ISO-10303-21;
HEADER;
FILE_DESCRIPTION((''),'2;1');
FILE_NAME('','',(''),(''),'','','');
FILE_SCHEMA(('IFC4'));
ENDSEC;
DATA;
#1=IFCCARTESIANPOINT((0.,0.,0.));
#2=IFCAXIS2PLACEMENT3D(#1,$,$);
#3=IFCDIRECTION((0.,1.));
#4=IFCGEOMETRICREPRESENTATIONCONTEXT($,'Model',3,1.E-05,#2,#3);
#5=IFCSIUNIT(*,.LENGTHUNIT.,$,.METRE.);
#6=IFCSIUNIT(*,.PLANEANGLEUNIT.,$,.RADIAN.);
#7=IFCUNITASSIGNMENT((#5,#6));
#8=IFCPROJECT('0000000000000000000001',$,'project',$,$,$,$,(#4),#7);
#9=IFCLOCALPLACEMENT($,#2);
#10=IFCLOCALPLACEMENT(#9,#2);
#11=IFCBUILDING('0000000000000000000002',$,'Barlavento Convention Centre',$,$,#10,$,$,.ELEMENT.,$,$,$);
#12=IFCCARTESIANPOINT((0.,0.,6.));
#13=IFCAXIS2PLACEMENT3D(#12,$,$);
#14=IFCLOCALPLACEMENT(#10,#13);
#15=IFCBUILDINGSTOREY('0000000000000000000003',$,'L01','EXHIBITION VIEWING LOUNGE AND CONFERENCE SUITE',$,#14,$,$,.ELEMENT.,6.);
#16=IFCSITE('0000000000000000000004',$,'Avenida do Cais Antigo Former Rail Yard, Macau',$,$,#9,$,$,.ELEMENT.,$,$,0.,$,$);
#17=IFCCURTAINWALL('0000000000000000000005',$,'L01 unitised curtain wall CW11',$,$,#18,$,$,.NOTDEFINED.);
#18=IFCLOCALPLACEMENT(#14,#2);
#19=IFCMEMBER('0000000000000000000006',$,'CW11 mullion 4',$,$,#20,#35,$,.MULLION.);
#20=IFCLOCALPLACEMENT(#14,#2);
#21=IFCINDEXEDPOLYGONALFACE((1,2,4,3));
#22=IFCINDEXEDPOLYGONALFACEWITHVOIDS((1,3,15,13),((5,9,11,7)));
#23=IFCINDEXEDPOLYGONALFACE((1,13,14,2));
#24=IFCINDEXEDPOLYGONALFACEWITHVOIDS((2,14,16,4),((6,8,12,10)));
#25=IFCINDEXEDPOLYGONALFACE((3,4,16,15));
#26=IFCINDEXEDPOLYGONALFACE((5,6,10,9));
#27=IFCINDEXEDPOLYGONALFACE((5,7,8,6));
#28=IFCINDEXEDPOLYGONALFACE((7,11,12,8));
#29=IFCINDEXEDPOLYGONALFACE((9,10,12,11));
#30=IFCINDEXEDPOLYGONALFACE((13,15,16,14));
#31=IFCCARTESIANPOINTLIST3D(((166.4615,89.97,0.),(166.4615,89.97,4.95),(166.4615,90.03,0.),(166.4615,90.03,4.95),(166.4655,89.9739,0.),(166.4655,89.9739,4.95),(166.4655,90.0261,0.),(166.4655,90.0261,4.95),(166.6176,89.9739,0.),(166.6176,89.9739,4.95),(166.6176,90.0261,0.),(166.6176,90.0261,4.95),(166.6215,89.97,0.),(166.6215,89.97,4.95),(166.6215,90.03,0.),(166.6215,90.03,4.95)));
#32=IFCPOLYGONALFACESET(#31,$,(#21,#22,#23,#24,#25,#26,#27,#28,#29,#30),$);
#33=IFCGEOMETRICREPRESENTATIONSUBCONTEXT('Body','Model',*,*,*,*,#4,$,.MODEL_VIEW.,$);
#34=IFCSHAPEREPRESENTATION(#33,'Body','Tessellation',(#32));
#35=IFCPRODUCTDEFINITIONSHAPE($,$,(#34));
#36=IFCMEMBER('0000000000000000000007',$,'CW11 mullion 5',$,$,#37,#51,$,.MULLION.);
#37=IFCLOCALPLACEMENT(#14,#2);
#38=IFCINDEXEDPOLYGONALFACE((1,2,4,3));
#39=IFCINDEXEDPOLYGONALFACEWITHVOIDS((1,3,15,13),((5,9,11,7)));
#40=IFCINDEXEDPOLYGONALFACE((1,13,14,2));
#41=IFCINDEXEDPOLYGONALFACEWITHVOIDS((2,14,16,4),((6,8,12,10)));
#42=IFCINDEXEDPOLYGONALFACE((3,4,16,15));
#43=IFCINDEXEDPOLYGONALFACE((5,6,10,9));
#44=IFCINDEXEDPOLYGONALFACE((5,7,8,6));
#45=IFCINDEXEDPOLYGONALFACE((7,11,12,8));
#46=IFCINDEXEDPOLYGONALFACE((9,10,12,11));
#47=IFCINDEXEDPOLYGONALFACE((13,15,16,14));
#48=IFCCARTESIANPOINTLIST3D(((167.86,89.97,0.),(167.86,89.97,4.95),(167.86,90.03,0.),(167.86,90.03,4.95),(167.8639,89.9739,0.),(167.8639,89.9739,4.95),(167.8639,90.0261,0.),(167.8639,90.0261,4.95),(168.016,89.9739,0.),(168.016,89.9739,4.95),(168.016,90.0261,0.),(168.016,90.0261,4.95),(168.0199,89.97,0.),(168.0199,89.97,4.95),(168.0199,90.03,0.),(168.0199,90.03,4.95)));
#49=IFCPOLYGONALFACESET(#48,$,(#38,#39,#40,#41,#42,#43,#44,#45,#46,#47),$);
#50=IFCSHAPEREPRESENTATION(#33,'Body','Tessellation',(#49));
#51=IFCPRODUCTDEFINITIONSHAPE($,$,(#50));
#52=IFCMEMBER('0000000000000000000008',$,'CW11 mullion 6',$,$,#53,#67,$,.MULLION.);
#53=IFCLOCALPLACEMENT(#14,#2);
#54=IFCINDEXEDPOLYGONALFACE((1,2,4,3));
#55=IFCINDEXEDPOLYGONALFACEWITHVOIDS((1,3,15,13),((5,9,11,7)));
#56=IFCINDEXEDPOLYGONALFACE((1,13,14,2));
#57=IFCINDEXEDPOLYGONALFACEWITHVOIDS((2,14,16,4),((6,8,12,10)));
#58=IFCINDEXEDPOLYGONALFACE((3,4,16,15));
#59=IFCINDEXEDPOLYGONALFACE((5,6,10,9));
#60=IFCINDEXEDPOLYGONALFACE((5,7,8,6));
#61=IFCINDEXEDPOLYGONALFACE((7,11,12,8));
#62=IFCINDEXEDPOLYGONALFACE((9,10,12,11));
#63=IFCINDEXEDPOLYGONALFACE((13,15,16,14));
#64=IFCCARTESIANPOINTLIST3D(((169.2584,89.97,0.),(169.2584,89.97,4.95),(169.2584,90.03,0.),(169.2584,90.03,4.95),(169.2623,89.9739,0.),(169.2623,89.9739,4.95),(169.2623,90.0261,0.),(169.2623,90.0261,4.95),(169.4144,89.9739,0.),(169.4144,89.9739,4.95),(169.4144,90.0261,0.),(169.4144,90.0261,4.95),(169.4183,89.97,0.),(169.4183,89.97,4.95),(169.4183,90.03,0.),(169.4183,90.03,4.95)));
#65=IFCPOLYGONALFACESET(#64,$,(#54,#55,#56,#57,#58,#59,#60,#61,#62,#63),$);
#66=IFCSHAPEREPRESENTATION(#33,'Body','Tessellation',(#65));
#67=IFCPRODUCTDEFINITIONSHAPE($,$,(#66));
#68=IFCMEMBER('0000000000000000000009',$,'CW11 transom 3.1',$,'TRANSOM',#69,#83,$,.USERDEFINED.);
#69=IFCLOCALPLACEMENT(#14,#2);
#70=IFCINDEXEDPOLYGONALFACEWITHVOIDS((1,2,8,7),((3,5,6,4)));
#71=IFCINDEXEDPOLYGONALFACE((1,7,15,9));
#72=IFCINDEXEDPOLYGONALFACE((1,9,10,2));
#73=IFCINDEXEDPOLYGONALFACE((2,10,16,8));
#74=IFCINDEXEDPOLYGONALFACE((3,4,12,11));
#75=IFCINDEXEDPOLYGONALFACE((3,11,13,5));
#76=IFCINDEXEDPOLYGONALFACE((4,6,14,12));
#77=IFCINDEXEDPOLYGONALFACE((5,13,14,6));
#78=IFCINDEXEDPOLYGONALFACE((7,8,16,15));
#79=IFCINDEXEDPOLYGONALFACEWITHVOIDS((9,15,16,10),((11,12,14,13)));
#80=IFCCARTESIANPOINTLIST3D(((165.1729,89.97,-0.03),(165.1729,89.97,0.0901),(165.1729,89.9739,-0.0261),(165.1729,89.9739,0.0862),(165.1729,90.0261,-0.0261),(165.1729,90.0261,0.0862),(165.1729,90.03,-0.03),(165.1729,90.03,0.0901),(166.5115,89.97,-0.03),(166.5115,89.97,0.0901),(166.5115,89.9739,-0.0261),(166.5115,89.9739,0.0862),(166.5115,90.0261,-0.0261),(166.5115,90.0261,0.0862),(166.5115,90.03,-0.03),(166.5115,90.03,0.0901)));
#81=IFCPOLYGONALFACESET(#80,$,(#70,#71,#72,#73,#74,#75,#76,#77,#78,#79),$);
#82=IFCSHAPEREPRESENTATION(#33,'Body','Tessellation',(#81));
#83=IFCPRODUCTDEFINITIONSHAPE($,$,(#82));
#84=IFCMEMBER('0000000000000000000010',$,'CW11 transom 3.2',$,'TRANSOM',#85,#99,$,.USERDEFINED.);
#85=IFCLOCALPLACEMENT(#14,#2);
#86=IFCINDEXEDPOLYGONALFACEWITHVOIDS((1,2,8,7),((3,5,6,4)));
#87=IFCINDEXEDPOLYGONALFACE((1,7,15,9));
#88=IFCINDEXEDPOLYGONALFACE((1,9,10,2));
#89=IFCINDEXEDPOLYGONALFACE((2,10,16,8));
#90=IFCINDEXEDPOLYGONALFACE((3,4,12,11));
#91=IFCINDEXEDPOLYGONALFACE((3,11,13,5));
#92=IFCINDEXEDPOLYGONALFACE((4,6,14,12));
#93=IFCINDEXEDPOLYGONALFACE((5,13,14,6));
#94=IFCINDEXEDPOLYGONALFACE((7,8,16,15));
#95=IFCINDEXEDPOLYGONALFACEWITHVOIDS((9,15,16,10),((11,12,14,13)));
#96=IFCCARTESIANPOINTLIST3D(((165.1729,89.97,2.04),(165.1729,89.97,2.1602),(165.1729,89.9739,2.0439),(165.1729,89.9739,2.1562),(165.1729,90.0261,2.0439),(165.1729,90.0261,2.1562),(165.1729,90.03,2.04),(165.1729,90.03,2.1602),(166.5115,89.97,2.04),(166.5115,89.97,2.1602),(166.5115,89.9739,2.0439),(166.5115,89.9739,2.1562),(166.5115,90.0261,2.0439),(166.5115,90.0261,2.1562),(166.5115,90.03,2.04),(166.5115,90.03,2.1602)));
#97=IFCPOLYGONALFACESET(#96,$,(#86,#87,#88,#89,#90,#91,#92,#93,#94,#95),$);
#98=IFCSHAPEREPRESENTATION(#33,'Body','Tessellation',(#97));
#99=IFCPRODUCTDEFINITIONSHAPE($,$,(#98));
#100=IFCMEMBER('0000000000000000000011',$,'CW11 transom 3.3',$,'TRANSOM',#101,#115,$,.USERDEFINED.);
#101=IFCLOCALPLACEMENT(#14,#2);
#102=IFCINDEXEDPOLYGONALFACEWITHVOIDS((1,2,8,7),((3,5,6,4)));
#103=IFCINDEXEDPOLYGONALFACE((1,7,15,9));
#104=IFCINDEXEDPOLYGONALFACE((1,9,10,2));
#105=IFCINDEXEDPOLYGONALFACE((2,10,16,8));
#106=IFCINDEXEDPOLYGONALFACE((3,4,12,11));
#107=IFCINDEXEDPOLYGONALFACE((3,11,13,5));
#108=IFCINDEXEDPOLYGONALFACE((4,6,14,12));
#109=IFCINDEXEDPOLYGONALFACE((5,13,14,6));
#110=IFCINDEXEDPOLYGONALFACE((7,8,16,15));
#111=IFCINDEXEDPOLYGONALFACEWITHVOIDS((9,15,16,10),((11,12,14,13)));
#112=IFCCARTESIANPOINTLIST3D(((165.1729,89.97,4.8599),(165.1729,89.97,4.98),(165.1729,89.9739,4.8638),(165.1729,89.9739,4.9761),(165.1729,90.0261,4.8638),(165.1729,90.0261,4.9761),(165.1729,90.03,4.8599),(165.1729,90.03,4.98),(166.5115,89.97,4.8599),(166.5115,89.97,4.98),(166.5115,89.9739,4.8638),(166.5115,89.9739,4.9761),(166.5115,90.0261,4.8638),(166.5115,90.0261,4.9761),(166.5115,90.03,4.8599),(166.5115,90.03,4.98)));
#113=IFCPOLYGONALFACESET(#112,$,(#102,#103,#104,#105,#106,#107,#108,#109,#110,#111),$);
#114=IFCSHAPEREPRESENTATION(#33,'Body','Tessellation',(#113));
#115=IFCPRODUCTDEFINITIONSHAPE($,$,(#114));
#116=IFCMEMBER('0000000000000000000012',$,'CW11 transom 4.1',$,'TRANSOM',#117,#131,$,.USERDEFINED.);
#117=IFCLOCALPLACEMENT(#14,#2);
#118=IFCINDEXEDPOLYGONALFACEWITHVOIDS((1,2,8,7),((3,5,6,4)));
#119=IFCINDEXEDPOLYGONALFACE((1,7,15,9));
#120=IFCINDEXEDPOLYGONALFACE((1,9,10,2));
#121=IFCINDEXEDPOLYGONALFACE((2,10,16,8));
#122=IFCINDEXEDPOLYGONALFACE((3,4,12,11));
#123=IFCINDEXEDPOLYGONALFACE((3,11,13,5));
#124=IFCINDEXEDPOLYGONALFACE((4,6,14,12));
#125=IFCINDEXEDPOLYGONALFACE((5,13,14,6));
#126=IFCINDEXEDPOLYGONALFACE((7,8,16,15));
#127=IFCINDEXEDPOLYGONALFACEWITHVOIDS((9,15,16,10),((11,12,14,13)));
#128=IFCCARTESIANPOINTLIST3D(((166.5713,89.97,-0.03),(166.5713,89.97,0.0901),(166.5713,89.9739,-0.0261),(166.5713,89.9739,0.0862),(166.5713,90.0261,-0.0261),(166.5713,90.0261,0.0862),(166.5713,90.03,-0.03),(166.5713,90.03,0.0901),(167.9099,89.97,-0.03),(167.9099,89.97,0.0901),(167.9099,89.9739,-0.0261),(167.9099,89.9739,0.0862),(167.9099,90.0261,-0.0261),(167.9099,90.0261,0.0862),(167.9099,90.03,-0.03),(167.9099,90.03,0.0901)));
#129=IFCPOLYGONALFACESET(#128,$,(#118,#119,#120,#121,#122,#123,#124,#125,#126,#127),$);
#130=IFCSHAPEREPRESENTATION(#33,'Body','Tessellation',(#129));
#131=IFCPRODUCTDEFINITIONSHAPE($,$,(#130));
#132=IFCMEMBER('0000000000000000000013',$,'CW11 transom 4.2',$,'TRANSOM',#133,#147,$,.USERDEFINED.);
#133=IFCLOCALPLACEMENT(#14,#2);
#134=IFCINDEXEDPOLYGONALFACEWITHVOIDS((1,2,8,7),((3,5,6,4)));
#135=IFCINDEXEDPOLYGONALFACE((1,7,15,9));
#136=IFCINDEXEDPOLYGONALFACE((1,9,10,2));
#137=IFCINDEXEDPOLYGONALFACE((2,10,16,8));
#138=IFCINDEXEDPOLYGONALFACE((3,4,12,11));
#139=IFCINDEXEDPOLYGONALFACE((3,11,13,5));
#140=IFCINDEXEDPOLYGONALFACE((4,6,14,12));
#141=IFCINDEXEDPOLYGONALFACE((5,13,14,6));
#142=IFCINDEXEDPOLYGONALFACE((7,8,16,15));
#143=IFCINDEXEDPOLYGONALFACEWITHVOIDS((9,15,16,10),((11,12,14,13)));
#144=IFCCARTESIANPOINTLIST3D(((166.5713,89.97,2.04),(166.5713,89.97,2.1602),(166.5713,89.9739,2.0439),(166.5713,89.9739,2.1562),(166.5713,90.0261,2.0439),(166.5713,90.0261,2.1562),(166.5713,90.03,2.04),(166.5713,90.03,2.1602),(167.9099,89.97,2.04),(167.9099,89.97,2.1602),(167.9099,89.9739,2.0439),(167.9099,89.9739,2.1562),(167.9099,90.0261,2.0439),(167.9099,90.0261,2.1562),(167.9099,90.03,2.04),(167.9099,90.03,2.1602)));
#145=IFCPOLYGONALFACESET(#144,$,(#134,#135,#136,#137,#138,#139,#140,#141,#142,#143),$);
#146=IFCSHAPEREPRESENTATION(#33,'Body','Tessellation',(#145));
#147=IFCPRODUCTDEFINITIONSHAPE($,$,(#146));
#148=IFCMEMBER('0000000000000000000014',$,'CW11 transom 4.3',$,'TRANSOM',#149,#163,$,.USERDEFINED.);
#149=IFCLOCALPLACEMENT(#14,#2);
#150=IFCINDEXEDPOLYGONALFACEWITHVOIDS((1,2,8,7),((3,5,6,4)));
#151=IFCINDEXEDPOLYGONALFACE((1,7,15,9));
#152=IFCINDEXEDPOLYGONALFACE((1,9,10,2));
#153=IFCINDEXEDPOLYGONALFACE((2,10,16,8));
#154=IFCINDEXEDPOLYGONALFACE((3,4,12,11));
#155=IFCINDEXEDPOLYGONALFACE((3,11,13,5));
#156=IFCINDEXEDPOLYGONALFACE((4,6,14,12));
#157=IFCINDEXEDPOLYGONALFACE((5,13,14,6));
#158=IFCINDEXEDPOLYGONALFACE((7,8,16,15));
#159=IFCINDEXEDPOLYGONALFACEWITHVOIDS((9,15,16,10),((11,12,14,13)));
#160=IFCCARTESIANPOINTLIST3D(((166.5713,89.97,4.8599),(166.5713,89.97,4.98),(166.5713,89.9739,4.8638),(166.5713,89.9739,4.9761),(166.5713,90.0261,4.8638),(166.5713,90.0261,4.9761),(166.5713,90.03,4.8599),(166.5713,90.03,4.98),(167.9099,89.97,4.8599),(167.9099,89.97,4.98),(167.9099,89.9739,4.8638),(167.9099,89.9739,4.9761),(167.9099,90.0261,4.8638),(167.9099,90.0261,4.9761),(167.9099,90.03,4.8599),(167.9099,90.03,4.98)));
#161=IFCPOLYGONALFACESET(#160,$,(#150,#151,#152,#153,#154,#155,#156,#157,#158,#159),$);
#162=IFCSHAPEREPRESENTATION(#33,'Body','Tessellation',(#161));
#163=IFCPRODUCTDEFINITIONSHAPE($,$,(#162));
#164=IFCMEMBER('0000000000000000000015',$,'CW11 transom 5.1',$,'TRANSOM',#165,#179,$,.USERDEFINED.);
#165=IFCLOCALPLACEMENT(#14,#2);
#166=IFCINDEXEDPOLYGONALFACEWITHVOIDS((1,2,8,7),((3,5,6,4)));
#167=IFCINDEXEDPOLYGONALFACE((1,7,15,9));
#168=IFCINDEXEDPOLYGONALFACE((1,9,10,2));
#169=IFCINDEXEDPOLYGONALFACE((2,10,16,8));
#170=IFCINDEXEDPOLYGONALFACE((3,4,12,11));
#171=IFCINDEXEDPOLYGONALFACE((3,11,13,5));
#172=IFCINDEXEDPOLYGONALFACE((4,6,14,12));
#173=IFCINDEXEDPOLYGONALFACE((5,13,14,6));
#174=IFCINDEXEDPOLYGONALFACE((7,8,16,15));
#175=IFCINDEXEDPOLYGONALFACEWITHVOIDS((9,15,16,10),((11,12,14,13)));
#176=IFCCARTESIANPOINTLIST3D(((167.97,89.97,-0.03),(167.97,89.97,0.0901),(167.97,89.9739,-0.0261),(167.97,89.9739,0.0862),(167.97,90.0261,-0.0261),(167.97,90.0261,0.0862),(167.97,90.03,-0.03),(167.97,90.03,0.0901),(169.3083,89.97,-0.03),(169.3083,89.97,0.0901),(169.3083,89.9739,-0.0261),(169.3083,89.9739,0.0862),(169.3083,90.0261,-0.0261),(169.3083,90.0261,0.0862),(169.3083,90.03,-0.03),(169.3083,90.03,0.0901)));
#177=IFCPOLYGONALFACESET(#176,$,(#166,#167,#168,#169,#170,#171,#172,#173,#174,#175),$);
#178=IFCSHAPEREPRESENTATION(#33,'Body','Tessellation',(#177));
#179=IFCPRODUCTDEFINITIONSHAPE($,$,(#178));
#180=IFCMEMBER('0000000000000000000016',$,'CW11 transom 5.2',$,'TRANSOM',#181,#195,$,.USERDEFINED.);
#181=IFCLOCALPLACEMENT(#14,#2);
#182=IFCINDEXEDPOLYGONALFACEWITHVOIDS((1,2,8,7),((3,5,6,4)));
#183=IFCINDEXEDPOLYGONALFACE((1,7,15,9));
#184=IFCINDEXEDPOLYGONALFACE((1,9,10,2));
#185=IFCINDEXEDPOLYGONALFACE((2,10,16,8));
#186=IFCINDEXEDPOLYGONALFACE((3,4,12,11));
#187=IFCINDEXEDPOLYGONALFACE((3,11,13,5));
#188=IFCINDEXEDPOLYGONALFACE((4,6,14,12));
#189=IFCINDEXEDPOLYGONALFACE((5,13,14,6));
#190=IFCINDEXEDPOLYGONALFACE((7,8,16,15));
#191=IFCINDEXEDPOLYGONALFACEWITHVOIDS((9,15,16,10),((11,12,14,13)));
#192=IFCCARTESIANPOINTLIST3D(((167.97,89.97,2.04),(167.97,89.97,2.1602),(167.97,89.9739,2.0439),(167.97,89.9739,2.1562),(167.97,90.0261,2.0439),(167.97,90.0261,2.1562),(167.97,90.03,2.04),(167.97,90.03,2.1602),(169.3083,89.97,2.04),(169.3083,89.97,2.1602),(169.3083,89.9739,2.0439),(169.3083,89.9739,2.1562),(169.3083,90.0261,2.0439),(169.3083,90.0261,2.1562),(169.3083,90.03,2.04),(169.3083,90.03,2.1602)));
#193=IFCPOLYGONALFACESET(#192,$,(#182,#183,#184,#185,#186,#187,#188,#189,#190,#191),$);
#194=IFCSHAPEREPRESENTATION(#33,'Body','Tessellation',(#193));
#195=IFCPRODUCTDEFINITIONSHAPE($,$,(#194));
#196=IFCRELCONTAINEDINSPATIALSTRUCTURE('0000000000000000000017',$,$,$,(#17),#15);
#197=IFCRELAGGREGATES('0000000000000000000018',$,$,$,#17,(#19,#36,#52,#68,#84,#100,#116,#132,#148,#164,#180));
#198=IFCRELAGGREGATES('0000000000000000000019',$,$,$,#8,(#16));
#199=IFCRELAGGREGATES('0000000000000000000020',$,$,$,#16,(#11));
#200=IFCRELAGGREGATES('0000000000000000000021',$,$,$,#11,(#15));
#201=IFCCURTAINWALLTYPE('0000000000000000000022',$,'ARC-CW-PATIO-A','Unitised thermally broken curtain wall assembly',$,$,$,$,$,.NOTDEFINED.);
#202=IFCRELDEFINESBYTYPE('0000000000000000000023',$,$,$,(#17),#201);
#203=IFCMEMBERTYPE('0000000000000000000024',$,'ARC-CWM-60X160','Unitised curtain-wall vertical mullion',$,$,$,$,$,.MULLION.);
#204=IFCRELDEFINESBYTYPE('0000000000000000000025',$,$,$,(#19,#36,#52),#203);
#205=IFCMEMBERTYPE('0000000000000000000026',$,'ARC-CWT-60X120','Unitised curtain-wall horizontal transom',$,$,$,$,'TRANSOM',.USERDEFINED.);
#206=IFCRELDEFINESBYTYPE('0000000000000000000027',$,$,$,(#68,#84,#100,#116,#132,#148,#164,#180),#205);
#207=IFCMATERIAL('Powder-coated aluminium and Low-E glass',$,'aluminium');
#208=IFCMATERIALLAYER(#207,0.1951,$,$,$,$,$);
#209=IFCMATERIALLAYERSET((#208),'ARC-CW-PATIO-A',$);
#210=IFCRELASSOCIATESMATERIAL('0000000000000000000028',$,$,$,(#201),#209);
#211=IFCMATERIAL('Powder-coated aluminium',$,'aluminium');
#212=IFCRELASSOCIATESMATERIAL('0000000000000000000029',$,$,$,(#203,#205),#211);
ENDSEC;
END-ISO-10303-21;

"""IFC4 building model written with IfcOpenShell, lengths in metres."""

from ifc_helpers import new_model, si_unit, direction, frame, origin, origin_2d, place, context, subcontext, project, spatial, hollow_rectangle, extrude, material, layer, layer_set, material_profile, profile_set, type_object, element, aggregate, save


model = new_model("IFC4")

# Units and contexts
model_context = context("Model", 3, precision=1e-05, world=origin(), true_north=direction((0.0, 1.0)))
body_context = subcontext(model_context, "Body", "Model", "MODEL_VIEW")
ifc_project = project(units=[si_unit("LENGTHUNIT", "METRE"), si_unit("PLANEANGLEUNIT", "RADIAN")], contexts=[model_context])

# Site, building, storey
site_placement = place(None, origin())
site = spatial("IfcSite", under=ifc_project, at=site_placement, Name="Avenida do Cais Antigo Former Rail Yard, Macau", CompositionType="ELEMENT", RefElevation=0.0)
building_placement = place(site_placement, origin())
building = spatial("IfcBuilding", under=site, at=building_placement, Name="Barlavento Convention Centre", CompositionType="ELEMENT")
storey_placement = place(building_placement, frame((0.0, 0.0, 6.0)))
storey = spatial("IfcBuildingStorey", under=building, at=storey_placement, Name="L01", Description="EXHIBITION VIEWING LOUNGE AND CONFERENCE SUITE", CompositionType="ELEMENT", Elevation=6.0)

# Curtain wall, members
ifc_material_1 = material(Name="Powder-coated aluminium and Low-E glass", Category="aluminium")
ifc_layer_1 = layer(ifc_material_1, 0.1951)
ifc_layer_set_1 = layer_set([ifc_layer_1], Name="ARC-CW-PATIO-A")
curtain_wall_type = type_object("IfcCurtainWallType", Name="ARC-CW-PATIO-A", Description="Unitised thermally broken curtain wall assembly", PredefinedType="NOTDEFINED", material=ifc_layer_set_1)
curtain_wall_placement = place(storey_placement, origin())
curtain_wall = element("IfcCurtainWall", 1, at=curtain_wall_placement, inside=storey, type_object=curtain_wall_type, Name="L01 unitised curtain wall CW11", PredefinedType="NOTDEFINED")
ifc_material_2 = material(Name="Powder-coated aluminium", Category="aluminium")
ifc_material_profile_1 = material_profile(ifc_material_2, hollow_rectangle(XDim=0.0601, YDim=0.1599, WallThickness=0.0039, at=origin_2d()), Name="AL-MULL 60x160x4")
ifc_profile_set_1 = profile_set([ifc_material_profile_1], Name="Powder-coated aluminium")
member_type_1 = type_object("IfcMemberType", Name="ARC-CWM-60X160", Description="Unitised curtain-wall vertical mullion", PredefinedType="MULLION", material=ifc_profile_set_1)
member_1_placement = place(storey_placement, frame((166.5415, 90.0, 0.0), z_axis=(0.0, 0.0, 1.0), x_axis=(0.0, 1.0, 0.0)))
member_1 = element("IfcMember", 2, at=member_1_placement, type_object=member_type_1, Name="CW11 mullion 4", PredefinedType="MULLION", context=body_context, shape_type="SweptSolid", body=[
    extrude(hollow_rectangle(XDim=0.0601, YDim=0.1599, WallThickness=0.0039, at=origin_2d()), origin(), (0.0, 0.0, 1.0), 4.95),
])
member_2_placement = place(storey_placement, frame((167.9399, 90.0, 0.0), z_axis=(0.0, 0.0, 1.0), x_axis=(0.0, 1.0, 0.0)))
member_2 = element("IfcMember", 3, at=member_2_placement, type_object=member_type_1, Name="CW11 mullion 5", PredefinedType="MULLION", context=body_context, shape_type="SweptSolid", body=[
    extrude(hollow_rectangle(XDim=0.0601, YDim=0.1599, WallThickness=0.0039, at=origin_2d()), origin(), (0.0, 0.0, 1.0), 4.95),
])
member_3_placement = place(storey_placement, frame((169.3384, 90.0, 0.0), z_axis=(0.0, 0.0, 1.0), x_axis=(0.0, 1.0, 0.0)))
member_3 = element("IfcMember", 4, at=member_3_placement, type_object=member_type_1, Name="CW11 mullion 6", PredefinedType="MULLION", context=body_context, shape_type="SweptSolid", body=[
    extrude(hollow_rectangle(XDim=0.0601, YDim=0.1599, WallThickness=0.0039, at=origin_2d()), origin(), (0.0, 0.0, 1.0), 4.95),
])
ifc_material_profile_2 = material_profile(ifc_material_2, hollow_rectangle(XDim=0.0601, YDim=0.1201, WallThickness=0.0039, at=origin_2d()), Name="AL-TRAN 60x120x4")
ifc_profile_set_2 = profile_set([ifc_material_profile_2], Name="Powder-coated aluminium")
member_type_2 = type_object("IfcMemberType", Name="ARC-CWT-60X120", Description="Unitised curtain-wall horizontal transom", ElementType="TRANSOM", PredefinedType="USERDEFINED", material=ifc_profile_set_2)
member_4_placement = place(storey_placement, frame((165.1729, 90.0, 0.03), z_axis=(1.0, 0.0, 0.0), x_axis=(0.0, 1.0, 0.0)))
member_4 = element("IfcMember", 5, at=member_4_placement, type_object=member_type_2, Name="CW11 transom 3.1", ObjectType="TRANSOM", PredefinedType="USERDEFINED", context=body_context, shape_type="SweptSolid", body=[
    extrude(hollow_rectangle(XDim=0.0601, YDim=0.1201, WallThickness=0.0039, at=origin_2d()), origin(), (0.0, 0.0, 1.0), 1.3386),
])
member_5_placement = place(storey_placement, frame((165.1729, 90.0, 2.1001), z_axis=(1.0, 0.0, 0.0), x_axis=(0.0, 1.0, 0.0)))
member_5 = element("IfcMember", 6, at=member_5_placement, type_object=member_type_2, Name="CW11 transom 3.2", ObjectType="TRANSOM", PredefinedType="USERDEFINED", context=body_context, shape_type="SweptSolid", body=[
    extrude(hollow_rectangle(XDim=0.0601, YDim=0.1201, WallThickness=0.0039, at=origin_2d()), origin(), (0.0, 0.0, 1.0), 1.3386),
])
member_6_placement = place(storey_placement, frame((165.1729, 90.0, 4.9199), z_axis=(1.0, 0.0, 0.0), x_axis=(0.0, 1.0, 0.0)))
member_6 = element("IfcMember", 7, at=member_6_placement, type_object=member_type_2, Name="CW11 transom 3.3", ObjectType="TRANSOM", PredefinedType="USERDEFINED", context=body_context, shape_type="SweptSolid", body=[
    extrude(hollow_rectangle(XDim=0.0601, YDim=0.1201, WallThickness=0.0039, at=origin_2d()), origin(), (0.0, 0.0, 1.0), 1.3386),
])
member_7_placement = place(storey_placement, frame((166.5713, 90.0, 0.03), z_axis=(1.0, 0.0, 0.0), x_axis=(0.0, 1.0, 0.0)))
member_7 = element("IfcMember", 8, at=member_7_placement, type_object=member_type_2, Name="CW11 transom 4.1", ObjectType="TRANSOM", PredefinedType="USERDEFINED", context=body_context, shape_type="SweptSolid", body=[
    extrude(hollow_rectangle(XDim=0.0601, YDim=0.1201, WallThickness=0.0039, at=origin_2d()), origin(), (0.0, 0.0, 1.0), 1.3386),
])
member_8_placement = place(storey_placement, frame((166.5713, 90.0, 2.1001), z_axis=(1.0, 0.0, 0.0), x_axis=(0.0, 1.0, 0.0)))
member_8 = element("IfcMember", 9, at=member_8_placement, type_object=member_type_2, Name="CW11 transom 4.2", ObjectType="TRANSOM", PredefinedType="USERDEFINED", context=body_context, shape_type="SweptSolid", body=[
    extrude(hollow_rectangle(XDim=0.0601, YDim=0.1201, WallThickness=0.0039, at=origin_2d()), origin(), (0.0, 0.0, 1.0), 1.3386),
])
member_9_placement = place(storey_placement, frame((166.5713, 90.0, 4.9199), z_axis=(1.0, 0.0, 0.0), x_axis=(0.0, 1.0, 0.0)))
member_9 = element("IfcMember", 10, at=member_9_placement, type_object=member_type_2, Name="CW11 transom 4.3", ObjectType="TRANSOM", PredefinedType="USERDEFINED", context=body_context, shape_type="SweptSolid", body=[
    extrude(hollow_rectangle(XDim=0.0601, YDim=0.1201, WallThickness=0.0039, at=origin_2d()), origin(), (0.0, 0.0, 1.0), 1.3386),
])
member_10_placement = place(storey_placement, frame((167.97, 90.0, 0.03), z_axis=(1.0, 0.0, 0.0), x_axis=(0.0, 1.0, 0.0)))
member_10 = element("IfcMember", 11, at=member_10_placement, type_object=member_type_2, Name="CW11 transom 5.1", ObjectType="TRANSOM", PredefinedType="USERDEFINED", context=body_context, shape_type="SweptSolid", body=[
    extrude(hollow_rectangle(XDim=0.0601, YDim=0.1201, WallThickness=0.0039, at=origin_2d()), origin(), (0.0, 0.0, 1.0), 1.3384),
])
member_11_placement = place(storey_placement, frame((167.97, 90.0, 2.1001), z_axis=(1.0, 0.0, 0.0), x_axis=(0.0, 1.0, 0.0)))
member_11 = element("IfcMember", 12, at=member_11_placement, type_object=member_type_2, Name="CW11 transom 5.2", ObjectType="TRANSOM", PredefinedType="USERDEFINED", context=body_context, shape_type="SweptSolid", body=[
    extrude(hollow_rectangle(XDim=0.0601, YDim=0.1201, WallThickness=0.0039, at=origin_2d()), origin(), (0.0, 0.0, 1.0), 1.3384),
])

aggregate(curtain_wall, [member_1, member_2, member_3, member_4, member_5, member_6, member_7, member_8, member_9, member_10, member_11])

save(model, "model.ifc")
